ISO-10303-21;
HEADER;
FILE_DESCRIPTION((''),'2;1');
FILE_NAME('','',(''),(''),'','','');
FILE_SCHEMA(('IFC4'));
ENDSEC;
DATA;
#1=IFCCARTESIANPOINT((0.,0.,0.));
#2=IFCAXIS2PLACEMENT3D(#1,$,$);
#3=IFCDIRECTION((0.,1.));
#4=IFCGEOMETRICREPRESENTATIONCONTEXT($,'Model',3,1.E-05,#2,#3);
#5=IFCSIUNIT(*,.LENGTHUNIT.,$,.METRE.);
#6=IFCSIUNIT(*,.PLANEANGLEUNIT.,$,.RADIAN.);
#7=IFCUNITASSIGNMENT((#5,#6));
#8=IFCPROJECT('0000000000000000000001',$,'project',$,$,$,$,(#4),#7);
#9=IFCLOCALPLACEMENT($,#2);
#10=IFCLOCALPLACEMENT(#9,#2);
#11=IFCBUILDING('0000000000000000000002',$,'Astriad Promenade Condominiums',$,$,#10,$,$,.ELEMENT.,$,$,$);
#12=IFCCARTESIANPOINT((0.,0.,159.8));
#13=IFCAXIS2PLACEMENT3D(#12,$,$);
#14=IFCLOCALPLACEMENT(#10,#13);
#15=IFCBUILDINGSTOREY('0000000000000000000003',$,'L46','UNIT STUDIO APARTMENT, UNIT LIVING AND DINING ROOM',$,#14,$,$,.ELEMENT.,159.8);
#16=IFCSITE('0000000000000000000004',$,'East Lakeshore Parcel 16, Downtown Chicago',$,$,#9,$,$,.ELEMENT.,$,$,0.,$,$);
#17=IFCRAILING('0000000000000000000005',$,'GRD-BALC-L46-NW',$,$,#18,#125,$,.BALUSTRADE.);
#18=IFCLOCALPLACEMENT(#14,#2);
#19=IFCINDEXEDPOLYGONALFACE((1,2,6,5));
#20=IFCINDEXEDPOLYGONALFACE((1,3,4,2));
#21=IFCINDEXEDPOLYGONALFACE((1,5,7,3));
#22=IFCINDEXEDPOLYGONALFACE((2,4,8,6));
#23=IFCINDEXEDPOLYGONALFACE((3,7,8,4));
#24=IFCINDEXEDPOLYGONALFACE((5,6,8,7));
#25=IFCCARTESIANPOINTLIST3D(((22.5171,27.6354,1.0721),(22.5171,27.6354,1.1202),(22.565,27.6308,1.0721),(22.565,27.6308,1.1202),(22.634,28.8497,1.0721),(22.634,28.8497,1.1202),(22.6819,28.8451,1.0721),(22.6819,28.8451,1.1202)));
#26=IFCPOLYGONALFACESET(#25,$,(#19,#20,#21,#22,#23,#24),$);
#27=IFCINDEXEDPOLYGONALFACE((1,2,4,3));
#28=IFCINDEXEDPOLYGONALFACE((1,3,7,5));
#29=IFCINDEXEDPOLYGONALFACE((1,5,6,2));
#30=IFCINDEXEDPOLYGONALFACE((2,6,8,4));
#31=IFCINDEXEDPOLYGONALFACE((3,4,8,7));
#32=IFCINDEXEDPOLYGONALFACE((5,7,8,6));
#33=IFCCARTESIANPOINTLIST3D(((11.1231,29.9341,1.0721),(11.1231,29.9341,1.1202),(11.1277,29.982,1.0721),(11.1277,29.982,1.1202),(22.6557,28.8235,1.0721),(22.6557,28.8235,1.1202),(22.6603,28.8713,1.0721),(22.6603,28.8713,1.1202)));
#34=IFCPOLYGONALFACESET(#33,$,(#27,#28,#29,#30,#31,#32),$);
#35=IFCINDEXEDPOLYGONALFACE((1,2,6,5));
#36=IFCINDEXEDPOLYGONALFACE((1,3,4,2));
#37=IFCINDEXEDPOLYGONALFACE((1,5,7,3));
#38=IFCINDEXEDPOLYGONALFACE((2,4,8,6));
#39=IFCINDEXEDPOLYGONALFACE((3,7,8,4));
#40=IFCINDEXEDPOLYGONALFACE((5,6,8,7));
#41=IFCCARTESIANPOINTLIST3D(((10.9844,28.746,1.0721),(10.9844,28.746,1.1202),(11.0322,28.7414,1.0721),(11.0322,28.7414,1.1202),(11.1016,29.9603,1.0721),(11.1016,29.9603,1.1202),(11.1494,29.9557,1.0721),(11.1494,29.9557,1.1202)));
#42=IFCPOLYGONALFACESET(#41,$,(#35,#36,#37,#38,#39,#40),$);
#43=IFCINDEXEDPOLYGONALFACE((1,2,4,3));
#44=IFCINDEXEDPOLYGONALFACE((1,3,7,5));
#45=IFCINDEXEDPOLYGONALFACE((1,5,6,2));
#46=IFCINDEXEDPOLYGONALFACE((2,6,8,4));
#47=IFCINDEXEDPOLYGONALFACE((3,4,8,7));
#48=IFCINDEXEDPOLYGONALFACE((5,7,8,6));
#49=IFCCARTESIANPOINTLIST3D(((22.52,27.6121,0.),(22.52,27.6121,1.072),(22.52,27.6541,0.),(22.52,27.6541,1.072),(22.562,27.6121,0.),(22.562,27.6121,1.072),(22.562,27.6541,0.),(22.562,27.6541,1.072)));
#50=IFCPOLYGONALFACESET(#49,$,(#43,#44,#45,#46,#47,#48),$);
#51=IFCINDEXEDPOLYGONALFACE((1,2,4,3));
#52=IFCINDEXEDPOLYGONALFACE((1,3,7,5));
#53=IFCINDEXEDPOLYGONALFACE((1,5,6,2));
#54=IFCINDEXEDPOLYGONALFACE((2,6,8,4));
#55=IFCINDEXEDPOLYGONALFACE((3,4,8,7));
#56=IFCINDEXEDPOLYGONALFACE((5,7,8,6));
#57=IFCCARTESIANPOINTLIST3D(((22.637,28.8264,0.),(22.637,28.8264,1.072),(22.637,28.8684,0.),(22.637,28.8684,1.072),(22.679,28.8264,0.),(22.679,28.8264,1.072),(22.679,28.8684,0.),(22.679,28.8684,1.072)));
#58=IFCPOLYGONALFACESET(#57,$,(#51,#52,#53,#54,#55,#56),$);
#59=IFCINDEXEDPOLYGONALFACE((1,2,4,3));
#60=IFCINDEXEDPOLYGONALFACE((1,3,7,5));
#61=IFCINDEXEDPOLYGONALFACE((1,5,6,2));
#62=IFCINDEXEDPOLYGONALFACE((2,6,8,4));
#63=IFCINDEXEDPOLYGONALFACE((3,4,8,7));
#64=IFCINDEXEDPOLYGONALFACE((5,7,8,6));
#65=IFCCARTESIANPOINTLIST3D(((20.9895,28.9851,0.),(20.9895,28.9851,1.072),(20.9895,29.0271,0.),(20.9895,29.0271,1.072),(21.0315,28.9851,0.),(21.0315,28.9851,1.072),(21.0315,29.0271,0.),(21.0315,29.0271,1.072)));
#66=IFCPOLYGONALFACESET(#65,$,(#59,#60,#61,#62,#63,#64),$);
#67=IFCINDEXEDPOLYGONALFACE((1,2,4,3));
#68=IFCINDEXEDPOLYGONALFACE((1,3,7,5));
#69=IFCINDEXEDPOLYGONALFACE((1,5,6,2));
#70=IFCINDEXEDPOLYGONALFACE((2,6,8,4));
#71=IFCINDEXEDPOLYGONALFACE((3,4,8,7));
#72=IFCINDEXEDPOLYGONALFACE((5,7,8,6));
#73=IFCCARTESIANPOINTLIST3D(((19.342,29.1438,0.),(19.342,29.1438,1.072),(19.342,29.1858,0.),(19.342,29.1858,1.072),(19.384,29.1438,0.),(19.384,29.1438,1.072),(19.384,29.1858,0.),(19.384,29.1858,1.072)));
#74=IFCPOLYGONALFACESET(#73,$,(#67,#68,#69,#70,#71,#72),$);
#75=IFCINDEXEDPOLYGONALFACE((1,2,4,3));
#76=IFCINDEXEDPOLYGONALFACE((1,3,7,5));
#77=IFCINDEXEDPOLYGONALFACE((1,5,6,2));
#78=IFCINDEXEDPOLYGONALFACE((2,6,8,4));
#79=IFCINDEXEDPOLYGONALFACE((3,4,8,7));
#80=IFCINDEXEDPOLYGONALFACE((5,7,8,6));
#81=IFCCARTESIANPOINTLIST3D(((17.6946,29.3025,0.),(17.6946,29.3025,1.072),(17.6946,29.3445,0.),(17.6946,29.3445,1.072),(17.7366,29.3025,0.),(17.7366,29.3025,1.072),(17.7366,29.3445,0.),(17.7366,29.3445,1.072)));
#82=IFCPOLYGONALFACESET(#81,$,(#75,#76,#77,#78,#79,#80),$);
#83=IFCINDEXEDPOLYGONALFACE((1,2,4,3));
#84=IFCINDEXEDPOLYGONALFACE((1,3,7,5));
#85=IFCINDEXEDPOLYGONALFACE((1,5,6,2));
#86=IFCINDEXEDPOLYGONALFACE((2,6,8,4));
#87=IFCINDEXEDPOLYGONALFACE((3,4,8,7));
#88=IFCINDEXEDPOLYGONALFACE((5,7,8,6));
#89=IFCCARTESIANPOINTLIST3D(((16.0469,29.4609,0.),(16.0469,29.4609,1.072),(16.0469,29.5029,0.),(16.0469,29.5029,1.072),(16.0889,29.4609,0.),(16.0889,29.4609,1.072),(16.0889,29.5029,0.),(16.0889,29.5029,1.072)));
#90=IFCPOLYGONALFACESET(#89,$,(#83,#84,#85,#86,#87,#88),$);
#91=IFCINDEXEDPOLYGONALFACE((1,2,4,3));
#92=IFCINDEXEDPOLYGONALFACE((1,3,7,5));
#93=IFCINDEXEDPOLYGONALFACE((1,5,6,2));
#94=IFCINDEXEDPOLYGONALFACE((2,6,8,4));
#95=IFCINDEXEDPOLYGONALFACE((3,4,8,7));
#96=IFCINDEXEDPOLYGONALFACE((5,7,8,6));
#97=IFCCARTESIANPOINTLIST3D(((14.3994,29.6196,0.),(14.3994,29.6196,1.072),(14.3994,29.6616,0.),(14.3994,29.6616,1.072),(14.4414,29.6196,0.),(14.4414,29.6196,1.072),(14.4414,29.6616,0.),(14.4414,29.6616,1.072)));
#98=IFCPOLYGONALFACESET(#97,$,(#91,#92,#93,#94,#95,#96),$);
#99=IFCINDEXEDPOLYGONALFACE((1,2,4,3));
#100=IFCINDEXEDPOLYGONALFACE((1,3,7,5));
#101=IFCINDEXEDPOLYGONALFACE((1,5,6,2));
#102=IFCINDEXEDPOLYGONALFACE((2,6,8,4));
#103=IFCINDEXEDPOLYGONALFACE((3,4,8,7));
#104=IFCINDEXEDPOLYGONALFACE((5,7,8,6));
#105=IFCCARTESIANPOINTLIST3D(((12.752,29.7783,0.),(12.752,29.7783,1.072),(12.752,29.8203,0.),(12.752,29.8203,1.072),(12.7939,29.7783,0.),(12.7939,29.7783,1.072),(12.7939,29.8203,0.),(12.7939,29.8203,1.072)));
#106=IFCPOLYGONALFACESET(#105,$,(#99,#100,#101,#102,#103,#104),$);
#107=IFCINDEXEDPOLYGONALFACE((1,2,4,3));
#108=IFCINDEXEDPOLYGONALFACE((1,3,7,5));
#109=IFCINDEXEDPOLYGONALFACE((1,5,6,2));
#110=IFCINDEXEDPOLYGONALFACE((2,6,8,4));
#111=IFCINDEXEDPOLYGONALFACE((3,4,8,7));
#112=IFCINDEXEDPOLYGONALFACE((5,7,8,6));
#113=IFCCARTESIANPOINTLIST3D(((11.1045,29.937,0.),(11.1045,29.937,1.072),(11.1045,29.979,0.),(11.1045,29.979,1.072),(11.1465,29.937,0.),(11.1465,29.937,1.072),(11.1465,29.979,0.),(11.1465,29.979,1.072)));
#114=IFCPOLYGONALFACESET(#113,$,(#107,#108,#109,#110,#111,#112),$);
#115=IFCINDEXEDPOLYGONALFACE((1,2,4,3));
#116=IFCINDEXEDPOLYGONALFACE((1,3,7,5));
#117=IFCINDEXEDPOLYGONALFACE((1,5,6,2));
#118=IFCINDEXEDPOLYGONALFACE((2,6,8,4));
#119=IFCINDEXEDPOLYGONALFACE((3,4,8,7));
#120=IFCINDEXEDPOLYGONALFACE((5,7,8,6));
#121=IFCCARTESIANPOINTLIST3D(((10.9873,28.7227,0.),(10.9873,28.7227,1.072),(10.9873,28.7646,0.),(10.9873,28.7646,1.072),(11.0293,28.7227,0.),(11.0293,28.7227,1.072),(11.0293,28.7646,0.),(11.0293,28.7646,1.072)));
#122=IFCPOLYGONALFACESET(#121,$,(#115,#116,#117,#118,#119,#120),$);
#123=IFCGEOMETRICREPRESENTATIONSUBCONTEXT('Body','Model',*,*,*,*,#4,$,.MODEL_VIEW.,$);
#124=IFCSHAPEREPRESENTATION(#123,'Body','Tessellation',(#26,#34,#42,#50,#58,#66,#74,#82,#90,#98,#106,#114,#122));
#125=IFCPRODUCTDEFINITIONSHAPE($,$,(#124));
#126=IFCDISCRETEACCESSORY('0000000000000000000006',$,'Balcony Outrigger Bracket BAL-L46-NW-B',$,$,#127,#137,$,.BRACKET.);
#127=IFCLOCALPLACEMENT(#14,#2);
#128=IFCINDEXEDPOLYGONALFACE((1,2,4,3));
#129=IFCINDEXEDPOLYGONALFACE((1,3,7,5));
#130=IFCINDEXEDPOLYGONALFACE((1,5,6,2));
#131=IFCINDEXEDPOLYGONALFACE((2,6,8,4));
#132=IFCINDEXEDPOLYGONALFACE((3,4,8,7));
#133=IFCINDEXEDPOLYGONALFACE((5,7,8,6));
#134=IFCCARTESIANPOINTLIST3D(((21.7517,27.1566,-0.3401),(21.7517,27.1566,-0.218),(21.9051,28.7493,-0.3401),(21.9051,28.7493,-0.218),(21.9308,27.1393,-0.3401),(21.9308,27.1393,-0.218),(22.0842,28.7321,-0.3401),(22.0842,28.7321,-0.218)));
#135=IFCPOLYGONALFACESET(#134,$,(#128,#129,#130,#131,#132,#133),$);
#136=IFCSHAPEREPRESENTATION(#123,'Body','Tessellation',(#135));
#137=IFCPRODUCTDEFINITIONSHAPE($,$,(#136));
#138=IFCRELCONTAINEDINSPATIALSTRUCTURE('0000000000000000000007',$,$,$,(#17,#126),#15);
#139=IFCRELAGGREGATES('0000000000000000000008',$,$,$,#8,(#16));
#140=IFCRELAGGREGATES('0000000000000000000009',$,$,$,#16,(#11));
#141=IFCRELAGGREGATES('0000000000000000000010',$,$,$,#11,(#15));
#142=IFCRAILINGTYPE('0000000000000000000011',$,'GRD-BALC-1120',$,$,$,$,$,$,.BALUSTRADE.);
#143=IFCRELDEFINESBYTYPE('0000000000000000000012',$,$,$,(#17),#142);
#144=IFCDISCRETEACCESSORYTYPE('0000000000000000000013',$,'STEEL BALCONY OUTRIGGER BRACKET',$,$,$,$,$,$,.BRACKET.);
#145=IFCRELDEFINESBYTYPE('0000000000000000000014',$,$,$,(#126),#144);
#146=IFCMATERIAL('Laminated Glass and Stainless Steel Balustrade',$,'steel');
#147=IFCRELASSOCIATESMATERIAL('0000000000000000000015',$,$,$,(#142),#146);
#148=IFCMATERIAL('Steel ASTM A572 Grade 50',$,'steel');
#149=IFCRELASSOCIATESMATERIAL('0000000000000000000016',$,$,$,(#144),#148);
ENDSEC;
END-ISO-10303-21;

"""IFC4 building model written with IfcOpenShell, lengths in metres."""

from ifc_helpers import new_model, si_unit, direction, frame, origin, origin_2d, place, context, subcontext, project, spatial, rectangle, extrude, source, transform, mapped, material, type_object, type_shapes, element, save


model = new_model("IFC4")

# Units and contexts
model_context = context("Model", 3, precision=1e-05, world=origin(), true_north=direction((0.0, 1.0)))
body_context = subcontext(model_context, "Body", "Model", "MODEL_VIEW")
ifc_project = project(units=[si_unit("LENGTHUNIT", "METRE"), si_unit("PLANEANGLEUNIT", "RADIAN")], contexts=[model_context])

# Site, building, storey
site_placement = place(None, origin())
site = spatial("IfcSite", under=ifc_project, at=site_placement, Name="East Lakeshore Parcel 16, Downtown Chicago", CompositionType="ELEMENT", RefElevation=0.0)
building_placement = place(site_placement, origin())
building = spatial("IfcBuilding", under=site, at=building_placement, Name="Astriad Promenade Condominiums", CompositionType="ELEMENT")
storey_placement = place(building_placement, frame((0.0, 0.0, 159.8)))
storey = spatial("IfcBuildingStorey", under=building, at=storey_placement, Name="L46", Description="UNIT STUDIO APARTMENT, UNIT LIVING AND DINING ROOM", CompositionType="ELEMENT", Elevation=159.8)

# Railing
ifc_material_1 = material(Name="Laminated Glass and Stainless Steel Balustrade", Category="steel")
railing_type = type_object("IfcRailingType", Name="GRD-BALC-1120", PredefinedType="BALUSTRADE", material=ifc_material_1)
shared_shape_1 = source(origin(), body_context, "Body", "SweptSolid", [
    extrude(rectangle(XDim=0.0481, YDim=0.0481, at=origin_2d()), frame((0.0, 0.0, 1.0962), z_axis=(0.095857, 0.995395, 0.0), x_axis=(-0.995395, 0.095857, 0.0)), (0.0, 0.0, 1.0), 1.22),
    extrude(rectangle(XDim=0.0481, YDim=0.0481, at=origin_2d()), frame((0.1169, 1.2144, 1.0962), z_axis=(-0.995395, 0.095858, 0.0), x_axis=(-0.095858, -0.995395, 0.0)), (0.0, 0.0, 1.0), 11.5859),
    extrude(rectangle(XDim=0.0481, YDim=0.0481, at=origin_2d()), frame((-11.4155, 2.325, 1.0962), z_axis=(-0.096056, -0.995376, 0.0), x_axis=(0.995376, -0.096056, 0.0)), (0.0, 0.0, 1.0), 1.22),
    extrude(rectangle(XDim=0.042, YDim=0.042, at=origin_2d()), origin(), (0.0, 0.0, 1.0), 1.072),
    extrude(rectangle(XDim=0.042, YDim=0.042, at=origin_2d()), frame((0.1169, 1.2144, 0.0)), (0.0, 0.0, 1.0), 1.072),
    extrude(rectangle(XDim=0.042, YDim=0.042, at=origin_2d()), frame((-1.5305, 1.373, 0.0)), (0.0, 0.0, 1.0), 1.072),
    extrude(rectangle(XDim=0.042, YDim=0.042, at=origin_2d()), frame((-3.178, 1.5317, 0.0)), (0.0, 0.0, 1.0), 1.072),
    extrude(rectangle(XDim=0.042, YDim=0.042, at=origin_2d()), frame((-4.8254, 1.6904, 0.0)), (0.0, 0.0, 1.0), 1.072),
    extrude(rectangle(XDim=0.042, YDim=0.042, at=origin_2d()), frame((-6.4731, 1.8489, 0.0)), (0.0, 0.0, 1.0), 1.072),
    extrude(rectangle(XDim=0.042, YDim=0.042, at=origin_2d()), frame((-8.1206, 2.0076, 0.0)), (0.0, 0.0, 1.0), 1.072),
    extrude(rectangle(XDim=0.042, YDim=0.042, at=origin_2d()), frame((-9.7681, 2.1663, 0.0)), (0.0, 0.0, 1.0), 1.072),
    extrude(rectangle(XDim=0.042, YDim=0.042, at=origin_2d()), frame((-11.4155, 2.325, 0.0)), (0.0, 0.0, 1.0), 1.072),
    extrude(rectangle(XDim=0.042, YDim=0.042, at=origin_2d()), frame((-11.5327, 1.1106, 0.0)), (0.0, 0.0, 1.0), 1.072),
])
type_shapes(railing_type, [shared_shape_1])
railing_placement = place(storey_placement, frame((22.541, 27.6331, 0.0)))
element("IfcRailing", 1, at=railing_placement, inside=storey, type_object=railing_type, Name="GRD-BALC-L46-NW", PredefinedType="BALUSTRADE", context=body_context, shape_type="MappedRepresentation", body=[
    mapped(shared_shape_1, transform((0.0, 0.0, 0.0), scale=1.0)),
])

# Discrete accessory
ifc_material_2 = material(Name="Steel ASTM A572 Grade 50", Category="steel")
discrete_accessory_type = type_object("IfcDiscreteAccessoryType", Name="STEEL BALCONY OUTRIGGER BRACKET", PredefinedType="BRACKET", material=ifc_material_2)
shared_shape_2 = source(origin(), body_context, "Body", "SweptSolid", [
    extrude(rectangle(XDim=1.6001, YDim=0.1799, at=origin_2d()), origin(), (0.0, 0.0, 1.0), 0.1221),
])
type_shapes(discrete_accessory_type, [shared_shape_2])
discrete_accessory_placement = place(storey_placement, frame((21.918, 27.9443, -0.3401), z_axis=(0.0, 0.0, 1.0), x_axis=(0.095846, 0.995396, 0.0)))
element("IfcDiscreteAccessory", 2, at=discrete_accessory_placement, inside=storey, type_object=discrete_accessory_type, Name="Balcony Outrigger Bracket BAL-L46-NW-B", PredefinedType="BRACKET", context=body_context, shape_type="MappedRepresentation", body=[
    mapped(shared_shape_2, transform((0.0, 0.0, 0.0), scale=1.0)),
])

save(model, "model.ifc")
